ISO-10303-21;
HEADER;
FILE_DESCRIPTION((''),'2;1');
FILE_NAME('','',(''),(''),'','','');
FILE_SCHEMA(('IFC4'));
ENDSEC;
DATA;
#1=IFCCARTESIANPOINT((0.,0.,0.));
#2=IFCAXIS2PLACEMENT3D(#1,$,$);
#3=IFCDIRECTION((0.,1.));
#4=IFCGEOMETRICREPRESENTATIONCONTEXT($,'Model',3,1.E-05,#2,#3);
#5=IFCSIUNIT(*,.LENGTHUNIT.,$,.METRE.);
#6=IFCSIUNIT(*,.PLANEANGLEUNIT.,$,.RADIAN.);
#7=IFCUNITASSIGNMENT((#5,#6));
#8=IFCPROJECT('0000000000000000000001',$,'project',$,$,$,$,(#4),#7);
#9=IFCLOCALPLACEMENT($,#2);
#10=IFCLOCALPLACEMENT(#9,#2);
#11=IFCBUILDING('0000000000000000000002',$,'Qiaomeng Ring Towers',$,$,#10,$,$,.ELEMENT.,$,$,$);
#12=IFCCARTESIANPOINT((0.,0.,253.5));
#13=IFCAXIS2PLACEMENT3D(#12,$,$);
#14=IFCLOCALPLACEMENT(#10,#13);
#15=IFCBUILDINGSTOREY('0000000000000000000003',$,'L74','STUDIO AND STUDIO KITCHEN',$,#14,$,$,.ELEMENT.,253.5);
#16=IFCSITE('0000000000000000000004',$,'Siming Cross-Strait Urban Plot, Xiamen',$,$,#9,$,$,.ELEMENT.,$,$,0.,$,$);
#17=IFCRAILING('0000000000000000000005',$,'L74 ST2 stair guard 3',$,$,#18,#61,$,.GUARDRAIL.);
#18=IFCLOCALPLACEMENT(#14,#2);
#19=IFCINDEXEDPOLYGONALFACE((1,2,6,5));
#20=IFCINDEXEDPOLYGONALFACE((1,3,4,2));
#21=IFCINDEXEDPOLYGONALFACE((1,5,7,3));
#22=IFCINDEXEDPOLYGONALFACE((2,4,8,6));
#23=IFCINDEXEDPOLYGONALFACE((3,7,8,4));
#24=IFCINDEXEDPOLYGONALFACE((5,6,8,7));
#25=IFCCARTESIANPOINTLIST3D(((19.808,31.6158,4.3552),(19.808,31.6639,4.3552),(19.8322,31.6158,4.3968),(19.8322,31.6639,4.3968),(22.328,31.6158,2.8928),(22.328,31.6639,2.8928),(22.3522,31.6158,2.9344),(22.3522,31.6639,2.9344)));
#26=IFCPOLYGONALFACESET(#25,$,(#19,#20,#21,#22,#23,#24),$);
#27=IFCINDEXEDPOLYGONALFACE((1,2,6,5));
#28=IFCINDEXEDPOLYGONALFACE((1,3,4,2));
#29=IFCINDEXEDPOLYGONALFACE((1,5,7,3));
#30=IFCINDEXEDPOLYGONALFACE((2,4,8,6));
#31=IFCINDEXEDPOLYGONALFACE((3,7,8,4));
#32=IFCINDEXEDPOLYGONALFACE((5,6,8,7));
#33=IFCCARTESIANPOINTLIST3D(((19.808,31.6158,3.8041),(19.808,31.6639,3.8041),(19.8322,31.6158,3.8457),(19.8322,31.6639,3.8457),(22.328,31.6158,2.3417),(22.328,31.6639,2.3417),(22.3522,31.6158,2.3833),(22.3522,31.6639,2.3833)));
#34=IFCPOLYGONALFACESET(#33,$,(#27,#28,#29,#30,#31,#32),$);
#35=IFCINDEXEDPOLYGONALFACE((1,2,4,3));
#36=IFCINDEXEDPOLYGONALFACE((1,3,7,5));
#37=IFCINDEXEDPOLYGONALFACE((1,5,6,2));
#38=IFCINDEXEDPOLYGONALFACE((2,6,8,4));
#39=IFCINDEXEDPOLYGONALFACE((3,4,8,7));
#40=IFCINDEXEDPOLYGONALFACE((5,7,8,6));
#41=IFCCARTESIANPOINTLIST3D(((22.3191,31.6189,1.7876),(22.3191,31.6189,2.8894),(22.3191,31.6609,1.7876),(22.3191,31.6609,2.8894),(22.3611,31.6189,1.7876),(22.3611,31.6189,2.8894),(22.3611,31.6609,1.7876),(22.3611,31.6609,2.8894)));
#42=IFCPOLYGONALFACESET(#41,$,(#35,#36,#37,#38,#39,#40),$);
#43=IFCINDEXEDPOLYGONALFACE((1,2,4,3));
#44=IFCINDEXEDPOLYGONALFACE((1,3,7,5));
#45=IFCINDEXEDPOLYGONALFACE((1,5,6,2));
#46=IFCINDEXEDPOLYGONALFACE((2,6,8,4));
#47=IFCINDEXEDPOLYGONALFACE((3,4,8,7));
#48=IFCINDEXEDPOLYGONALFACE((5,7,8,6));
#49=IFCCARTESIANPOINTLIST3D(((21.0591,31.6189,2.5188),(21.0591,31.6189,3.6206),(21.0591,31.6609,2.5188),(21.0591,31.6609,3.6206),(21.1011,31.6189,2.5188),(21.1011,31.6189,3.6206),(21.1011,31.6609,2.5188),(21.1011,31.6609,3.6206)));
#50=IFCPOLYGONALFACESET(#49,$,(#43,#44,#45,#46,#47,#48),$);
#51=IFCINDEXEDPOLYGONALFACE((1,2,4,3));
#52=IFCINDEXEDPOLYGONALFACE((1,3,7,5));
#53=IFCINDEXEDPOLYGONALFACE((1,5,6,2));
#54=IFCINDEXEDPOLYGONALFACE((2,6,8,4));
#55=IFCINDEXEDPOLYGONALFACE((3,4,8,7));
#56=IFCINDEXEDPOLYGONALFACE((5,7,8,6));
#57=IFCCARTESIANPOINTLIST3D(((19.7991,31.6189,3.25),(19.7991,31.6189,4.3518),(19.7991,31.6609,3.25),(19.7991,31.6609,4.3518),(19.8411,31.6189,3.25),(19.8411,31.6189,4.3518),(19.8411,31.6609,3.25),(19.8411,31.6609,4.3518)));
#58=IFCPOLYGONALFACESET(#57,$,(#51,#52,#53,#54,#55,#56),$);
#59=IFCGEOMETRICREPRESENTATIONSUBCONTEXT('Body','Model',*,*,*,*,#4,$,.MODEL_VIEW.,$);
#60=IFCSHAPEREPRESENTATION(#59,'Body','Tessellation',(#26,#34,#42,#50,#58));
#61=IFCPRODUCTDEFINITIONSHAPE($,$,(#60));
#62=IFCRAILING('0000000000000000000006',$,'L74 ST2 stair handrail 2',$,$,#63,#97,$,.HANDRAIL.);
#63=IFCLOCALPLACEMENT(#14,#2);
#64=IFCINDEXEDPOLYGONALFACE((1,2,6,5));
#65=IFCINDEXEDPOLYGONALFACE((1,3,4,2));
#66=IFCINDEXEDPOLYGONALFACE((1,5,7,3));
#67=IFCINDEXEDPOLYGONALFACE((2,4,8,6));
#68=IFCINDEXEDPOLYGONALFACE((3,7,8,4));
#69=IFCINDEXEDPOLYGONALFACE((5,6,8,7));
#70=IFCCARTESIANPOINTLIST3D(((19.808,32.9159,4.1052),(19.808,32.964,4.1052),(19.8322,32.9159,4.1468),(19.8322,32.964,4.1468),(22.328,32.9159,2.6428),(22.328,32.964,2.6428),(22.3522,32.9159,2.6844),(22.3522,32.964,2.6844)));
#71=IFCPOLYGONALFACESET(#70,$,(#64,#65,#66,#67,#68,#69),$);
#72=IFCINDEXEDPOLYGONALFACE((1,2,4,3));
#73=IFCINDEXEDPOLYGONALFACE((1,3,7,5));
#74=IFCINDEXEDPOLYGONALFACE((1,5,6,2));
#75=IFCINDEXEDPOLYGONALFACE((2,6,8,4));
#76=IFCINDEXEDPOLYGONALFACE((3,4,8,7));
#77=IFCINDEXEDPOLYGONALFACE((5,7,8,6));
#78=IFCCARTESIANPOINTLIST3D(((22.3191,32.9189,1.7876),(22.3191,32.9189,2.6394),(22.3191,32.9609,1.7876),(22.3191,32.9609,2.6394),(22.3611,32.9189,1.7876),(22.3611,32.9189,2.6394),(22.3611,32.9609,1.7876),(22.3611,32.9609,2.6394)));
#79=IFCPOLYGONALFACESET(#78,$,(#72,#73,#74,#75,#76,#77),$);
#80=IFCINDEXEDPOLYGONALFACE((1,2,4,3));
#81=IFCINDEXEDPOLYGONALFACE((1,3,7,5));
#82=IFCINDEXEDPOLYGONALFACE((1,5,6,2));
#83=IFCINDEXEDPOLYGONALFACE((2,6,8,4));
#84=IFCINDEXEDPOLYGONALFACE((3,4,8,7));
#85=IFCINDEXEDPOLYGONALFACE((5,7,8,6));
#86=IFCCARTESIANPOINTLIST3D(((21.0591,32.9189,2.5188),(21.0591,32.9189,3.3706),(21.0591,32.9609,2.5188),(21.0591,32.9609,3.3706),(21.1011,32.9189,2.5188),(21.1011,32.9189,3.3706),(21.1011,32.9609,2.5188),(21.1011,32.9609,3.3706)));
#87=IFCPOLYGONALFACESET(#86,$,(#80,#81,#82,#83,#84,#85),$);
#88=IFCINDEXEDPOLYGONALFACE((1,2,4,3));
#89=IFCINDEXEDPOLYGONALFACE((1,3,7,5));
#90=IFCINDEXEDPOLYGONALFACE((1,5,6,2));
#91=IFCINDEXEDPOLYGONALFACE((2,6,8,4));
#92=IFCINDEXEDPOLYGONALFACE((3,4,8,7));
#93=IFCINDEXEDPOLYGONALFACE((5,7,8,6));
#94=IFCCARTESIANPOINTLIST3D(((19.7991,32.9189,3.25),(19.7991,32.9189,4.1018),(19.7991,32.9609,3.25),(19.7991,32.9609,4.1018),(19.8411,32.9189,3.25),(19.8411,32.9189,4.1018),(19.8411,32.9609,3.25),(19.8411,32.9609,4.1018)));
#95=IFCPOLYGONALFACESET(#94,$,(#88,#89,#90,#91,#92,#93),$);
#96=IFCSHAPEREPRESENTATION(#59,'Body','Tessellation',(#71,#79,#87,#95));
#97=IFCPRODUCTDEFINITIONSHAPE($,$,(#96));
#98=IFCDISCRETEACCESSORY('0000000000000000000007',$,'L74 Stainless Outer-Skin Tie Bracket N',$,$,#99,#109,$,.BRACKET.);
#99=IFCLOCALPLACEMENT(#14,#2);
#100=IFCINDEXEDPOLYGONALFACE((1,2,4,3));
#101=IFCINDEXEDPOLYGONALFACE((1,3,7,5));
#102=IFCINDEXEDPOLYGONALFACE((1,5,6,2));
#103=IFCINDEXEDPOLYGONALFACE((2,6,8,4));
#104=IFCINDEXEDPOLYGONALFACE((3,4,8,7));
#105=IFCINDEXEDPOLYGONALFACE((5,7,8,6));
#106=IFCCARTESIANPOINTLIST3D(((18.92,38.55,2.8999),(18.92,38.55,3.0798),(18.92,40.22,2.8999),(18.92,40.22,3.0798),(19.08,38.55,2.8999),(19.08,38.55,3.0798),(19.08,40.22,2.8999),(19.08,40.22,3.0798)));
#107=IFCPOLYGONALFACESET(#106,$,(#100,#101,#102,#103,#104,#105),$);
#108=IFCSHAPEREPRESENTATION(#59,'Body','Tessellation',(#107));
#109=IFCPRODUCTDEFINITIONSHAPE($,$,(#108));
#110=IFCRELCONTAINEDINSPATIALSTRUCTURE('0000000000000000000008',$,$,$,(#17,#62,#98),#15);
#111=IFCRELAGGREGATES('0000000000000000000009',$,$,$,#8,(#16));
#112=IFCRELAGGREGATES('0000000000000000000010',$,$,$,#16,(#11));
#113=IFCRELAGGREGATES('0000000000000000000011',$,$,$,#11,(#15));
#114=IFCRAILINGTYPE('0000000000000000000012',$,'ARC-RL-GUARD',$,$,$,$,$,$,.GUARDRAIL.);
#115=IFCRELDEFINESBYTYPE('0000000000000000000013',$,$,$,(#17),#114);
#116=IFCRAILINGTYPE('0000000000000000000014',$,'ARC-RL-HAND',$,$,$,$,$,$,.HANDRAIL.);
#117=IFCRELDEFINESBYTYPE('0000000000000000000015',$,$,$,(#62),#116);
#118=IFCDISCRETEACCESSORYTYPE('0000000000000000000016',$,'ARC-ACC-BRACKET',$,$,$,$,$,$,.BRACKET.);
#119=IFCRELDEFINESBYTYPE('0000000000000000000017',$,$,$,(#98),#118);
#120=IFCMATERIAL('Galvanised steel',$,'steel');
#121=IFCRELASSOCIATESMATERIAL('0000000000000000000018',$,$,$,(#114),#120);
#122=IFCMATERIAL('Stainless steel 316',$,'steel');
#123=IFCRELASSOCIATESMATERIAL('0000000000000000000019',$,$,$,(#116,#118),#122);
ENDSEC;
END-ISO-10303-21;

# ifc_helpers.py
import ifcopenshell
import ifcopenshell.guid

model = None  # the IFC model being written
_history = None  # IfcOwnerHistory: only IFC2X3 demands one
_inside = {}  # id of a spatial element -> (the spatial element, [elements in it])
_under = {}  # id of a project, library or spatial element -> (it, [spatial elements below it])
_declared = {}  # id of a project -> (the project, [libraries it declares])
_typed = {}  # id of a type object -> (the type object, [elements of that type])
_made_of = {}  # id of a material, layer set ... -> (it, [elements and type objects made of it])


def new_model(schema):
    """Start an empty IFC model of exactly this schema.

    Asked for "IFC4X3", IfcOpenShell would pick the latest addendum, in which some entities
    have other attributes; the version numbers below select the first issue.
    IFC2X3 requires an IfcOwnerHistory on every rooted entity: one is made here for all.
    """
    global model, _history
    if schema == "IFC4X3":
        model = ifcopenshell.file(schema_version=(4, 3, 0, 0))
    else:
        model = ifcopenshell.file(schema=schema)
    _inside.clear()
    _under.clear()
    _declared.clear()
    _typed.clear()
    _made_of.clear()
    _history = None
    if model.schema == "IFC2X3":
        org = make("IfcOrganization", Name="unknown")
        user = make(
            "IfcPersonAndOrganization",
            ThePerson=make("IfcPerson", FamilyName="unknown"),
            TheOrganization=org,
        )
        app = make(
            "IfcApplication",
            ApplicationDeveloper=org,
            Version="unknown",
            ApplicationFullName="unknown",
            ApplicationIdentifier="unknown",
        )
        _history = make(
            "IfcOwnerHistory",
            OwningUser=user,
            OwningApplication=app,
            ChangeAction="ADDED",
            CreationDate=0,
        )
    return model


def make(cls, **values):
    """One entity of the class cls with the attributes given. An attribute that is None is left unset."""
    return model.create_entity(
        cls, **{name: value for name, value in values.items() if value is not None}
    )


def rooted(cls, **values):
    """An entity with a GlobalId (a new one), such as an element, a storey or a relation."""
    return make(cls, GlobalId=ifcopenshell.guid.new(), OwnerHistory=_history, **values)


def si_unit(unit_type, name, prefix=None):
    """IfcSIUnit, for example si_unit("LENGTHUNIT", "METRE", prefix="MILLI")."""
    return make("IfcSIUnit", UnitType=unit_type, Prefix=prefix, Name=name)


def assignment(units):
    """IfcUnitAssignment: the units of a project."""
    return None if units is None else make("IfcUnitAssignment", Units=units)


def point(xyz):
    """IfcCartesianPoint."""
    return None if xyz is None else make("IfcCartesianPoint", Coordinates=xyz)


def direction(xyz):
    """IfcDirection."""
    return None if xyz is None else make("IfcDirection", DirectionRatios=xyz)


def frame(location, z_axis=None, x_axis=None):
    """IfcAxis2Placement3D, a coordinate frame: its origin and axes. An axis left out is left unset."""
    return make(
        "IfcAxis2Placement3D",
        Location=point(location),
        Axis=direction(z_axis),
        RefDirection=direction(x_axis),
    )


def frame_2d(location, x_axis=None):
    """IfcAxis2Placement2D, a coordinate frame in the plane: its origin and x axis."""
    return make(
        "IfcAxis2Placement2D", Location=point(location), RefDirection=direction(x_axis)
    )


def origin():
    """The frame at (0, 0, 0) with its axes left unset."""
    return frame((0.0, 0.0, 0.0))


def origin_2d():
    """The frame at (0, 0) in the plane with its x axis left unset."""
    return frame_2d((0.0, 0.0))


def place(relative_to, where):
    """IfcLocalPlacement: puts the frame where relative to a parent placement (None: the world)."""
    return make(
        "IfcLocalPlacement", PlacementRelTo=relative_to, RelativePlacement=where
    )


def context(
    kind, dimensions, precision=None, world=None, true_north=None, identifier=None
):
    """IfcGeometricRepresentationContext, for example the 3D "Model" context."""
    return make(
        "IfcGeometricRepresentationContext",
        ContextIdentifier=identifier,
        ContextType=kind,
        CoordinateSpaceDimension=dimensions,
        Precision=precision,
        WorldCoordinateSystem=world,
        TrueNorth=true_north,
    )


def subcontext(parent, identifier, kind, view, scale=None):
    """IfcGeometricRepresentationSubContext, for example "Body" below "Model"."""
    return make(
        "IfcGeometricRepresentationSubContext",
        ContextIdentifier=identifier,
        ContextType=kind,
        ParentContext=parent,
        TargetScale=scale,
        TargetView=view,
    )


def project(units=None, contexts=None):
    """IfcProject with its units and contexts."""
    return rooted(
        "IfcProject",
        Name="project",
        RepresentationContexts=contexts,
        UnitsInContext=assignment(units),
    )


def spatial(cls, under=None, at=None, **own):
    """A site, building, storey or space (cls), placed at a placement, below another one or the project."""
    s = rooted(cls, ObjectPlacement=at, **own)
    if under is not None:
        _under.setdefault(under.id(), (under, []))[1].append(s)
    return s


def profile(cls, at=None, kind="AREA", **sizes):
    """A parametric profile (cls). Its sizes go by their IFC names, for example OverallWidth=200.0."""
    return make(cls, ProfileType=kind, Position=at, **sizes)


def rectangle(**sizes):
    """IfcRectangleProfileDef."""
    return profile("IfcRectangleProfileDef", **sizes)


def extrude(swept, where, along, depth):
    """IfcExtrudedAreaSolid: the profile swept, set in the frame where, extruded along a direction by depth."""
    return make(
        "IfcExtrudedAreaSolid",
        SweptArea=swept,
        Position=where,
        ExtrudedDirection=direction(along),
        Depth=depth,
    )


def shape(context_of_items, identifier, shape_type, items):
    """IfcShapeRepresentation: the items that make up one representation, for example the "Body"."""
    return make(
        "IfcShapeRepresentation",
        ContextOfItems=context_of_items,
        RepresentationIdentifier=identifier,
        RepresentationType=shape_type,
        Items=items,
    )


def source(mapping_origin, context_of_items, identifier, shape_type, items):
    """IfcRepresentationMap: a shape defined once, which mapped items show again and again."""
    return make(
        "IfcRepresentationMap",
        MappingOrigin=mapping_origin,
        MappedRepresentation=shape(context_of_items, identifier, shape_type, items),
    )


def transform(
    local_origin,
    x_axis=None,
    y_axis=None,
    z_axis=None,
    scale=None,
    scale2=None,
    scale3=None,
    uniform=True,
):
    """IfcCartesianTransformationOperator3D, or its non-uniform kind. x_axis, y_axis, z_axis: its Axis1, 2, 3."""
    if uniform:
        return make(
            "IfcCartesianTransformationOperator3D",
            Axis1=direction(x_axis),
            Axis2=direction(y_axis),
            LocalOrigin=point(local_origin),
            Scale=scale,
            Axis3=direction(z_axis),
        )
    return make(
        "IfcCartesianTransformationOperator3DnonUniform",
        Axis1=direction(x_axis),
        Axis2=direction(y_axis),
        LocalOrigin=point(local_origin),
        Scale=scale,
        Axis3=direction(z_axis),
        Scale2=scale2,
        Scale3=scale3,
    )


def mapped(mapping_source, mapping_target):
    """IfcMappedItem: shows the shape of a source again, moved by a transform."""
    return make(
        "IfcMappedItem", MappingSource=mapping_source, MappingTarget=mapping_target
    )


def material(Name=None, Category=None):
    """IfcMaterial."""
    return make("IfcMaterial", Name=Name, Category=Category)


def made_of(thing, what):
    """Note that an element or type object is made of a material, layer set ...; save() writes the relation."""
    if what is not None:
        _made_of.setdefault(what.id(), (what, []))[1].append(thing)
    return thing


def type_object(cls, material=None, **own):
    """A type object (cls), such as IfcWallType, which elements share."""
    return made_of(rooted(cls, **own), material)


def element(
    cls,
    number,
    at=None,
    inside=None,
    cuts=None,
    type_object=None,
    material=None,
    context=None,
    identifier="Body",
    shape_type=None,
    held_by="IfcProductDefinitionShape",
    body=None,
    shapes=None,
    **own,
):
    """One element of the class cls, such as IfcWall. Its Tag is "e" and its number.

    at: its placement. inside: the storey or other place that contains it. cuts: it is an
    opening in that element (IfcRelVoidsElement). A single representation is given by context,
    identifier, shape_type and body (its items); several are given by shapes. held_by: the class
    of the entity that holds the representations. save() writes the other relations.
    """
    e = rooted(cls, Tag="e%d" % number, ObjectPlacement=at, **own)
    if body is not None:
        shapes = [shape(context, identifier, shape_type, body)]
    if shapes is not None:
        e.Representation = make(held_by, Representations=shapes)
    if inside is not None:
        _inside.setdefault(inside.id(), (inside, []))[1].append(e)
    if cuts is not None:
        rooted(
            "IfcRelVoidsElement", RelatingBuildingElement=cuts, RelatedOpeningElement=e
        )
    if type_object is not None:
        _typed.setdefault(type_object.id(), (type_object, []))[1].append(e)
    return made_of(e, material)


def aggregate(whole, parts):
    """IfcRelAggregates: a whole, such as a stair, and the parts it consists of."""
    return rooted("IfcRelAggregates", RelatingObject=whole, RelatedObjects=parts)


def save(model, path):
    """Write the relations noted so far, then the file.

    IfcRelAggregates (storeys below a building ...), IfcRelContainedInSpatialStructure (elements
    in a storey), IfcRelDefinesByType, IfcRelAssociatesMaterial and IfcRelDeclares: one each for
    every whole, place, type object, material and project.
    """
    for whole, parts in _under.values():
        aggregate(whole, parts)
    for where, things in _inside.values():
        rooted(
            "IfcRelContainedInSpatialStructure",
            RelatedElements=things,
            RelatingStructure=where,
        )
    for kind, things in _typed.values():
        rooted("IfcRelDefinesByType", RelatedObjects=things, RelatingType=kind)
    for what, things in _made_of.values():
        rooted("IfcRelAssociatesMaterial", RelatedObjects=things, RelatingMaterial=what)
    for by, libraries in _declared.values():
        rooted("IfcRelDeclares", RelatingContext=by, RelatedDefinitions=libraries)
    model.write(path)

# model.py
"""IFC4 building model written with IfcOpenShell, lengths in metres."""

from ifc_helpers import new_model, si_unit, direction, frame, origin, origin_2d, place, context, subcontext, project, spatial, rectangle, extrude, source, transform, mapped, material, type_object, element, save


model = new_model("IFC4")

# Units and contexts
model_context = context("Model", 3, precision=1e-05, world=origin(), true_north=direction((0.0, 1.0)))
body_context = subcontext(model_context, "Body", "Model", "MODEL_VIEW")
ifc_project = project(units=[si_unit("LENGTHUNIT", "METRE"), si_unit("PLANEANGLEUNIT", "RADIAN")], contexts=[model_context])

# Site, building, storey
site_placement = place(None, origin())
site = spatial("IfcSite", under=ifc_project, at=site_placement, Name="Siming Cross-Strait Urban Plot, Xiamen", CompositionType="ELEMENT", RefElevation=0.0)
building_placement = place(site_placement, origin())
building = spatial("IfcBuilding", under=site, at=building_placement, Name="Qiaomeng Ring Towers", CompositionType="ELEMENT")
storey_placement = place(building_placement, frame((0.0, 0.0, 253.5)))
storey = spatial("IfcBuildingStorey", under=building, at=storey_placement, Name="L74", Description="STUDIO AND STUDIO KITCHEN", CompositionType="ELEMENT", Elevation=253.5)

# Railings
ifc_material_1 = material(Name="Galvanised steel", Category="steel")
railing_type_1 = type_object("IfcRailingType", Name="ARC-RL-GUARD", PredefinedType="GUARDRAIL", material=ifc_material_1)
railing_1_placement = place(storey_placement, frame((22.3401, 31.6399, 1.7876)))
element("IfcRailing", 1, at=railing_1_placement, inside=storey, type_object=railing_type_1, Name="L74 ST2 stair guard 3", PredefinedType="GUARDRAIL", context=body_context, shape_type="SweptSolid", body=[
    extrude(rectangle(XDim=0.0481, YDim=0.0481, at=origin_2d()), frame((0.0, 0.0, 1.126), z_axis=(-0.864913, 0.0, 0.501921), x_axis=(0.0, -1.0, 0.0)), (0.0, 0.0, 1.0), 2.9136),
    extrude(rectangle(XDim=0.0481, YDim=0.0481, at=origin_2d()), frame((0.0, 0.0, 0.575), z_axis=(-0.864913, 0.0, 0.501921), x_axis=(0.0, -1.0, 0.0)), (0.0, 0.0, 1.0), 2.9136),
    extrude(rectangle(XDim=0.042, YDim=0.042, at=origin_2d()), origin(), (0.0, 0.0, 1.0), 1.1018),
    extrude(rectangle(XDim=0.042, YDim=0.042, at=origin_2d()), frame((-1.26, 0.0, 0.7312)), (0.0, 0.0, 1.0), 1.1018),
    extrude(rectangle(XDim=0.042, YDim=0.042, at=origin_2d()), frame((-2.52, 0.0, 1.4624)), (0.0, 0.0, 1.0), 1.1018),
])
ifc_material_2 = material(Name="Stainless steel 316", Category="steel")
railing_type_2 = type_object("IfcRailingType", Name="ARC-RL-HAND", PredefinedType="HANDRAIL", material=ifc_material_2)
railing_2_placement = place(storey_placement, frame((22.3401, 32.9399, 1.7876)))
element("IfcRailing", 2, at=railing_2_placement, inside=storey, type_object=railing_type_2, Name="L74 ST2 stair handrail 2", PredefinedType="HANDRAIL", context=body_context, shape_type="SweptSolid", body=[
    extrude(rectangle(XDim=0.0481, YDim=0.0481, at=origin_2d()), frame((0.0, 0.0, 0.876), z_axis=(-0.864913, 0.0, 0.501921), x_axis=(0.0, -1.0, 0.0)), (0.0, 0.0, 1.0), 2.9136),
    extrude(rectangle(XDim=0.042, YDim=0.042, at=origin_2d()), origin(), (0.0, 0.0, 1.0), 0.8518),
    extrude(rectangle(XDim=0.042, YDim=0.042, at=origin_2d()), frame((-1.26, 0.0, 0.7312)), (0.0, 0.0, 1.0), 0.8518),
    extrude(rectangle(XDim=0.042, YDim=0.042, at=origin_2d()), frame((-2.52, 0.0, 1.4624)), (0.0, 0.0, 1.0), 0.8518),
])

# Discrete accessory
discrete_accessory_type = type_object("IfcDiscreteAccessoryType", Name="ARC-ACC-BRACKET", PredefinedType="BRACKET", material=ifc_material_2)
shared_shape_1 = source(origin(), body_context, "Body", "SweptSolid", [
    extrude(rectangle(XDim=0.1599, YDim=1.6699, at=origin_2d()), origin(), (0.0, 0.0, 1.0), 0.1799),
])
discrete_accessory_placement = place(storey_placement, frame((19.0, 39.385, 2.8999), z_axis=(0.0, 0.0, 1.0), x_axis=(1.0, 0.0, 0.0)))
element("IfcDiscreteAccessory", 3, at=discrete_accessory_placement, inside=storey, type_object=discrete_accessory_type, Name="L74 Stainless Outer-Skin Tie Bracket N", PredefinedType="BRACKET", context=body_context, shape_type="MappedRepresentation", body=[
    mapped(shared_shape_1, transform((0.0, 0.0, 0.0), x_axis=(1.0, 0.0, 0.0), y_axis=(0.0, 1.0, 0.0), z_axis=(0.0, 0.0, 1.0), scale=1.0)),
])

save(model, "model.ifc")
